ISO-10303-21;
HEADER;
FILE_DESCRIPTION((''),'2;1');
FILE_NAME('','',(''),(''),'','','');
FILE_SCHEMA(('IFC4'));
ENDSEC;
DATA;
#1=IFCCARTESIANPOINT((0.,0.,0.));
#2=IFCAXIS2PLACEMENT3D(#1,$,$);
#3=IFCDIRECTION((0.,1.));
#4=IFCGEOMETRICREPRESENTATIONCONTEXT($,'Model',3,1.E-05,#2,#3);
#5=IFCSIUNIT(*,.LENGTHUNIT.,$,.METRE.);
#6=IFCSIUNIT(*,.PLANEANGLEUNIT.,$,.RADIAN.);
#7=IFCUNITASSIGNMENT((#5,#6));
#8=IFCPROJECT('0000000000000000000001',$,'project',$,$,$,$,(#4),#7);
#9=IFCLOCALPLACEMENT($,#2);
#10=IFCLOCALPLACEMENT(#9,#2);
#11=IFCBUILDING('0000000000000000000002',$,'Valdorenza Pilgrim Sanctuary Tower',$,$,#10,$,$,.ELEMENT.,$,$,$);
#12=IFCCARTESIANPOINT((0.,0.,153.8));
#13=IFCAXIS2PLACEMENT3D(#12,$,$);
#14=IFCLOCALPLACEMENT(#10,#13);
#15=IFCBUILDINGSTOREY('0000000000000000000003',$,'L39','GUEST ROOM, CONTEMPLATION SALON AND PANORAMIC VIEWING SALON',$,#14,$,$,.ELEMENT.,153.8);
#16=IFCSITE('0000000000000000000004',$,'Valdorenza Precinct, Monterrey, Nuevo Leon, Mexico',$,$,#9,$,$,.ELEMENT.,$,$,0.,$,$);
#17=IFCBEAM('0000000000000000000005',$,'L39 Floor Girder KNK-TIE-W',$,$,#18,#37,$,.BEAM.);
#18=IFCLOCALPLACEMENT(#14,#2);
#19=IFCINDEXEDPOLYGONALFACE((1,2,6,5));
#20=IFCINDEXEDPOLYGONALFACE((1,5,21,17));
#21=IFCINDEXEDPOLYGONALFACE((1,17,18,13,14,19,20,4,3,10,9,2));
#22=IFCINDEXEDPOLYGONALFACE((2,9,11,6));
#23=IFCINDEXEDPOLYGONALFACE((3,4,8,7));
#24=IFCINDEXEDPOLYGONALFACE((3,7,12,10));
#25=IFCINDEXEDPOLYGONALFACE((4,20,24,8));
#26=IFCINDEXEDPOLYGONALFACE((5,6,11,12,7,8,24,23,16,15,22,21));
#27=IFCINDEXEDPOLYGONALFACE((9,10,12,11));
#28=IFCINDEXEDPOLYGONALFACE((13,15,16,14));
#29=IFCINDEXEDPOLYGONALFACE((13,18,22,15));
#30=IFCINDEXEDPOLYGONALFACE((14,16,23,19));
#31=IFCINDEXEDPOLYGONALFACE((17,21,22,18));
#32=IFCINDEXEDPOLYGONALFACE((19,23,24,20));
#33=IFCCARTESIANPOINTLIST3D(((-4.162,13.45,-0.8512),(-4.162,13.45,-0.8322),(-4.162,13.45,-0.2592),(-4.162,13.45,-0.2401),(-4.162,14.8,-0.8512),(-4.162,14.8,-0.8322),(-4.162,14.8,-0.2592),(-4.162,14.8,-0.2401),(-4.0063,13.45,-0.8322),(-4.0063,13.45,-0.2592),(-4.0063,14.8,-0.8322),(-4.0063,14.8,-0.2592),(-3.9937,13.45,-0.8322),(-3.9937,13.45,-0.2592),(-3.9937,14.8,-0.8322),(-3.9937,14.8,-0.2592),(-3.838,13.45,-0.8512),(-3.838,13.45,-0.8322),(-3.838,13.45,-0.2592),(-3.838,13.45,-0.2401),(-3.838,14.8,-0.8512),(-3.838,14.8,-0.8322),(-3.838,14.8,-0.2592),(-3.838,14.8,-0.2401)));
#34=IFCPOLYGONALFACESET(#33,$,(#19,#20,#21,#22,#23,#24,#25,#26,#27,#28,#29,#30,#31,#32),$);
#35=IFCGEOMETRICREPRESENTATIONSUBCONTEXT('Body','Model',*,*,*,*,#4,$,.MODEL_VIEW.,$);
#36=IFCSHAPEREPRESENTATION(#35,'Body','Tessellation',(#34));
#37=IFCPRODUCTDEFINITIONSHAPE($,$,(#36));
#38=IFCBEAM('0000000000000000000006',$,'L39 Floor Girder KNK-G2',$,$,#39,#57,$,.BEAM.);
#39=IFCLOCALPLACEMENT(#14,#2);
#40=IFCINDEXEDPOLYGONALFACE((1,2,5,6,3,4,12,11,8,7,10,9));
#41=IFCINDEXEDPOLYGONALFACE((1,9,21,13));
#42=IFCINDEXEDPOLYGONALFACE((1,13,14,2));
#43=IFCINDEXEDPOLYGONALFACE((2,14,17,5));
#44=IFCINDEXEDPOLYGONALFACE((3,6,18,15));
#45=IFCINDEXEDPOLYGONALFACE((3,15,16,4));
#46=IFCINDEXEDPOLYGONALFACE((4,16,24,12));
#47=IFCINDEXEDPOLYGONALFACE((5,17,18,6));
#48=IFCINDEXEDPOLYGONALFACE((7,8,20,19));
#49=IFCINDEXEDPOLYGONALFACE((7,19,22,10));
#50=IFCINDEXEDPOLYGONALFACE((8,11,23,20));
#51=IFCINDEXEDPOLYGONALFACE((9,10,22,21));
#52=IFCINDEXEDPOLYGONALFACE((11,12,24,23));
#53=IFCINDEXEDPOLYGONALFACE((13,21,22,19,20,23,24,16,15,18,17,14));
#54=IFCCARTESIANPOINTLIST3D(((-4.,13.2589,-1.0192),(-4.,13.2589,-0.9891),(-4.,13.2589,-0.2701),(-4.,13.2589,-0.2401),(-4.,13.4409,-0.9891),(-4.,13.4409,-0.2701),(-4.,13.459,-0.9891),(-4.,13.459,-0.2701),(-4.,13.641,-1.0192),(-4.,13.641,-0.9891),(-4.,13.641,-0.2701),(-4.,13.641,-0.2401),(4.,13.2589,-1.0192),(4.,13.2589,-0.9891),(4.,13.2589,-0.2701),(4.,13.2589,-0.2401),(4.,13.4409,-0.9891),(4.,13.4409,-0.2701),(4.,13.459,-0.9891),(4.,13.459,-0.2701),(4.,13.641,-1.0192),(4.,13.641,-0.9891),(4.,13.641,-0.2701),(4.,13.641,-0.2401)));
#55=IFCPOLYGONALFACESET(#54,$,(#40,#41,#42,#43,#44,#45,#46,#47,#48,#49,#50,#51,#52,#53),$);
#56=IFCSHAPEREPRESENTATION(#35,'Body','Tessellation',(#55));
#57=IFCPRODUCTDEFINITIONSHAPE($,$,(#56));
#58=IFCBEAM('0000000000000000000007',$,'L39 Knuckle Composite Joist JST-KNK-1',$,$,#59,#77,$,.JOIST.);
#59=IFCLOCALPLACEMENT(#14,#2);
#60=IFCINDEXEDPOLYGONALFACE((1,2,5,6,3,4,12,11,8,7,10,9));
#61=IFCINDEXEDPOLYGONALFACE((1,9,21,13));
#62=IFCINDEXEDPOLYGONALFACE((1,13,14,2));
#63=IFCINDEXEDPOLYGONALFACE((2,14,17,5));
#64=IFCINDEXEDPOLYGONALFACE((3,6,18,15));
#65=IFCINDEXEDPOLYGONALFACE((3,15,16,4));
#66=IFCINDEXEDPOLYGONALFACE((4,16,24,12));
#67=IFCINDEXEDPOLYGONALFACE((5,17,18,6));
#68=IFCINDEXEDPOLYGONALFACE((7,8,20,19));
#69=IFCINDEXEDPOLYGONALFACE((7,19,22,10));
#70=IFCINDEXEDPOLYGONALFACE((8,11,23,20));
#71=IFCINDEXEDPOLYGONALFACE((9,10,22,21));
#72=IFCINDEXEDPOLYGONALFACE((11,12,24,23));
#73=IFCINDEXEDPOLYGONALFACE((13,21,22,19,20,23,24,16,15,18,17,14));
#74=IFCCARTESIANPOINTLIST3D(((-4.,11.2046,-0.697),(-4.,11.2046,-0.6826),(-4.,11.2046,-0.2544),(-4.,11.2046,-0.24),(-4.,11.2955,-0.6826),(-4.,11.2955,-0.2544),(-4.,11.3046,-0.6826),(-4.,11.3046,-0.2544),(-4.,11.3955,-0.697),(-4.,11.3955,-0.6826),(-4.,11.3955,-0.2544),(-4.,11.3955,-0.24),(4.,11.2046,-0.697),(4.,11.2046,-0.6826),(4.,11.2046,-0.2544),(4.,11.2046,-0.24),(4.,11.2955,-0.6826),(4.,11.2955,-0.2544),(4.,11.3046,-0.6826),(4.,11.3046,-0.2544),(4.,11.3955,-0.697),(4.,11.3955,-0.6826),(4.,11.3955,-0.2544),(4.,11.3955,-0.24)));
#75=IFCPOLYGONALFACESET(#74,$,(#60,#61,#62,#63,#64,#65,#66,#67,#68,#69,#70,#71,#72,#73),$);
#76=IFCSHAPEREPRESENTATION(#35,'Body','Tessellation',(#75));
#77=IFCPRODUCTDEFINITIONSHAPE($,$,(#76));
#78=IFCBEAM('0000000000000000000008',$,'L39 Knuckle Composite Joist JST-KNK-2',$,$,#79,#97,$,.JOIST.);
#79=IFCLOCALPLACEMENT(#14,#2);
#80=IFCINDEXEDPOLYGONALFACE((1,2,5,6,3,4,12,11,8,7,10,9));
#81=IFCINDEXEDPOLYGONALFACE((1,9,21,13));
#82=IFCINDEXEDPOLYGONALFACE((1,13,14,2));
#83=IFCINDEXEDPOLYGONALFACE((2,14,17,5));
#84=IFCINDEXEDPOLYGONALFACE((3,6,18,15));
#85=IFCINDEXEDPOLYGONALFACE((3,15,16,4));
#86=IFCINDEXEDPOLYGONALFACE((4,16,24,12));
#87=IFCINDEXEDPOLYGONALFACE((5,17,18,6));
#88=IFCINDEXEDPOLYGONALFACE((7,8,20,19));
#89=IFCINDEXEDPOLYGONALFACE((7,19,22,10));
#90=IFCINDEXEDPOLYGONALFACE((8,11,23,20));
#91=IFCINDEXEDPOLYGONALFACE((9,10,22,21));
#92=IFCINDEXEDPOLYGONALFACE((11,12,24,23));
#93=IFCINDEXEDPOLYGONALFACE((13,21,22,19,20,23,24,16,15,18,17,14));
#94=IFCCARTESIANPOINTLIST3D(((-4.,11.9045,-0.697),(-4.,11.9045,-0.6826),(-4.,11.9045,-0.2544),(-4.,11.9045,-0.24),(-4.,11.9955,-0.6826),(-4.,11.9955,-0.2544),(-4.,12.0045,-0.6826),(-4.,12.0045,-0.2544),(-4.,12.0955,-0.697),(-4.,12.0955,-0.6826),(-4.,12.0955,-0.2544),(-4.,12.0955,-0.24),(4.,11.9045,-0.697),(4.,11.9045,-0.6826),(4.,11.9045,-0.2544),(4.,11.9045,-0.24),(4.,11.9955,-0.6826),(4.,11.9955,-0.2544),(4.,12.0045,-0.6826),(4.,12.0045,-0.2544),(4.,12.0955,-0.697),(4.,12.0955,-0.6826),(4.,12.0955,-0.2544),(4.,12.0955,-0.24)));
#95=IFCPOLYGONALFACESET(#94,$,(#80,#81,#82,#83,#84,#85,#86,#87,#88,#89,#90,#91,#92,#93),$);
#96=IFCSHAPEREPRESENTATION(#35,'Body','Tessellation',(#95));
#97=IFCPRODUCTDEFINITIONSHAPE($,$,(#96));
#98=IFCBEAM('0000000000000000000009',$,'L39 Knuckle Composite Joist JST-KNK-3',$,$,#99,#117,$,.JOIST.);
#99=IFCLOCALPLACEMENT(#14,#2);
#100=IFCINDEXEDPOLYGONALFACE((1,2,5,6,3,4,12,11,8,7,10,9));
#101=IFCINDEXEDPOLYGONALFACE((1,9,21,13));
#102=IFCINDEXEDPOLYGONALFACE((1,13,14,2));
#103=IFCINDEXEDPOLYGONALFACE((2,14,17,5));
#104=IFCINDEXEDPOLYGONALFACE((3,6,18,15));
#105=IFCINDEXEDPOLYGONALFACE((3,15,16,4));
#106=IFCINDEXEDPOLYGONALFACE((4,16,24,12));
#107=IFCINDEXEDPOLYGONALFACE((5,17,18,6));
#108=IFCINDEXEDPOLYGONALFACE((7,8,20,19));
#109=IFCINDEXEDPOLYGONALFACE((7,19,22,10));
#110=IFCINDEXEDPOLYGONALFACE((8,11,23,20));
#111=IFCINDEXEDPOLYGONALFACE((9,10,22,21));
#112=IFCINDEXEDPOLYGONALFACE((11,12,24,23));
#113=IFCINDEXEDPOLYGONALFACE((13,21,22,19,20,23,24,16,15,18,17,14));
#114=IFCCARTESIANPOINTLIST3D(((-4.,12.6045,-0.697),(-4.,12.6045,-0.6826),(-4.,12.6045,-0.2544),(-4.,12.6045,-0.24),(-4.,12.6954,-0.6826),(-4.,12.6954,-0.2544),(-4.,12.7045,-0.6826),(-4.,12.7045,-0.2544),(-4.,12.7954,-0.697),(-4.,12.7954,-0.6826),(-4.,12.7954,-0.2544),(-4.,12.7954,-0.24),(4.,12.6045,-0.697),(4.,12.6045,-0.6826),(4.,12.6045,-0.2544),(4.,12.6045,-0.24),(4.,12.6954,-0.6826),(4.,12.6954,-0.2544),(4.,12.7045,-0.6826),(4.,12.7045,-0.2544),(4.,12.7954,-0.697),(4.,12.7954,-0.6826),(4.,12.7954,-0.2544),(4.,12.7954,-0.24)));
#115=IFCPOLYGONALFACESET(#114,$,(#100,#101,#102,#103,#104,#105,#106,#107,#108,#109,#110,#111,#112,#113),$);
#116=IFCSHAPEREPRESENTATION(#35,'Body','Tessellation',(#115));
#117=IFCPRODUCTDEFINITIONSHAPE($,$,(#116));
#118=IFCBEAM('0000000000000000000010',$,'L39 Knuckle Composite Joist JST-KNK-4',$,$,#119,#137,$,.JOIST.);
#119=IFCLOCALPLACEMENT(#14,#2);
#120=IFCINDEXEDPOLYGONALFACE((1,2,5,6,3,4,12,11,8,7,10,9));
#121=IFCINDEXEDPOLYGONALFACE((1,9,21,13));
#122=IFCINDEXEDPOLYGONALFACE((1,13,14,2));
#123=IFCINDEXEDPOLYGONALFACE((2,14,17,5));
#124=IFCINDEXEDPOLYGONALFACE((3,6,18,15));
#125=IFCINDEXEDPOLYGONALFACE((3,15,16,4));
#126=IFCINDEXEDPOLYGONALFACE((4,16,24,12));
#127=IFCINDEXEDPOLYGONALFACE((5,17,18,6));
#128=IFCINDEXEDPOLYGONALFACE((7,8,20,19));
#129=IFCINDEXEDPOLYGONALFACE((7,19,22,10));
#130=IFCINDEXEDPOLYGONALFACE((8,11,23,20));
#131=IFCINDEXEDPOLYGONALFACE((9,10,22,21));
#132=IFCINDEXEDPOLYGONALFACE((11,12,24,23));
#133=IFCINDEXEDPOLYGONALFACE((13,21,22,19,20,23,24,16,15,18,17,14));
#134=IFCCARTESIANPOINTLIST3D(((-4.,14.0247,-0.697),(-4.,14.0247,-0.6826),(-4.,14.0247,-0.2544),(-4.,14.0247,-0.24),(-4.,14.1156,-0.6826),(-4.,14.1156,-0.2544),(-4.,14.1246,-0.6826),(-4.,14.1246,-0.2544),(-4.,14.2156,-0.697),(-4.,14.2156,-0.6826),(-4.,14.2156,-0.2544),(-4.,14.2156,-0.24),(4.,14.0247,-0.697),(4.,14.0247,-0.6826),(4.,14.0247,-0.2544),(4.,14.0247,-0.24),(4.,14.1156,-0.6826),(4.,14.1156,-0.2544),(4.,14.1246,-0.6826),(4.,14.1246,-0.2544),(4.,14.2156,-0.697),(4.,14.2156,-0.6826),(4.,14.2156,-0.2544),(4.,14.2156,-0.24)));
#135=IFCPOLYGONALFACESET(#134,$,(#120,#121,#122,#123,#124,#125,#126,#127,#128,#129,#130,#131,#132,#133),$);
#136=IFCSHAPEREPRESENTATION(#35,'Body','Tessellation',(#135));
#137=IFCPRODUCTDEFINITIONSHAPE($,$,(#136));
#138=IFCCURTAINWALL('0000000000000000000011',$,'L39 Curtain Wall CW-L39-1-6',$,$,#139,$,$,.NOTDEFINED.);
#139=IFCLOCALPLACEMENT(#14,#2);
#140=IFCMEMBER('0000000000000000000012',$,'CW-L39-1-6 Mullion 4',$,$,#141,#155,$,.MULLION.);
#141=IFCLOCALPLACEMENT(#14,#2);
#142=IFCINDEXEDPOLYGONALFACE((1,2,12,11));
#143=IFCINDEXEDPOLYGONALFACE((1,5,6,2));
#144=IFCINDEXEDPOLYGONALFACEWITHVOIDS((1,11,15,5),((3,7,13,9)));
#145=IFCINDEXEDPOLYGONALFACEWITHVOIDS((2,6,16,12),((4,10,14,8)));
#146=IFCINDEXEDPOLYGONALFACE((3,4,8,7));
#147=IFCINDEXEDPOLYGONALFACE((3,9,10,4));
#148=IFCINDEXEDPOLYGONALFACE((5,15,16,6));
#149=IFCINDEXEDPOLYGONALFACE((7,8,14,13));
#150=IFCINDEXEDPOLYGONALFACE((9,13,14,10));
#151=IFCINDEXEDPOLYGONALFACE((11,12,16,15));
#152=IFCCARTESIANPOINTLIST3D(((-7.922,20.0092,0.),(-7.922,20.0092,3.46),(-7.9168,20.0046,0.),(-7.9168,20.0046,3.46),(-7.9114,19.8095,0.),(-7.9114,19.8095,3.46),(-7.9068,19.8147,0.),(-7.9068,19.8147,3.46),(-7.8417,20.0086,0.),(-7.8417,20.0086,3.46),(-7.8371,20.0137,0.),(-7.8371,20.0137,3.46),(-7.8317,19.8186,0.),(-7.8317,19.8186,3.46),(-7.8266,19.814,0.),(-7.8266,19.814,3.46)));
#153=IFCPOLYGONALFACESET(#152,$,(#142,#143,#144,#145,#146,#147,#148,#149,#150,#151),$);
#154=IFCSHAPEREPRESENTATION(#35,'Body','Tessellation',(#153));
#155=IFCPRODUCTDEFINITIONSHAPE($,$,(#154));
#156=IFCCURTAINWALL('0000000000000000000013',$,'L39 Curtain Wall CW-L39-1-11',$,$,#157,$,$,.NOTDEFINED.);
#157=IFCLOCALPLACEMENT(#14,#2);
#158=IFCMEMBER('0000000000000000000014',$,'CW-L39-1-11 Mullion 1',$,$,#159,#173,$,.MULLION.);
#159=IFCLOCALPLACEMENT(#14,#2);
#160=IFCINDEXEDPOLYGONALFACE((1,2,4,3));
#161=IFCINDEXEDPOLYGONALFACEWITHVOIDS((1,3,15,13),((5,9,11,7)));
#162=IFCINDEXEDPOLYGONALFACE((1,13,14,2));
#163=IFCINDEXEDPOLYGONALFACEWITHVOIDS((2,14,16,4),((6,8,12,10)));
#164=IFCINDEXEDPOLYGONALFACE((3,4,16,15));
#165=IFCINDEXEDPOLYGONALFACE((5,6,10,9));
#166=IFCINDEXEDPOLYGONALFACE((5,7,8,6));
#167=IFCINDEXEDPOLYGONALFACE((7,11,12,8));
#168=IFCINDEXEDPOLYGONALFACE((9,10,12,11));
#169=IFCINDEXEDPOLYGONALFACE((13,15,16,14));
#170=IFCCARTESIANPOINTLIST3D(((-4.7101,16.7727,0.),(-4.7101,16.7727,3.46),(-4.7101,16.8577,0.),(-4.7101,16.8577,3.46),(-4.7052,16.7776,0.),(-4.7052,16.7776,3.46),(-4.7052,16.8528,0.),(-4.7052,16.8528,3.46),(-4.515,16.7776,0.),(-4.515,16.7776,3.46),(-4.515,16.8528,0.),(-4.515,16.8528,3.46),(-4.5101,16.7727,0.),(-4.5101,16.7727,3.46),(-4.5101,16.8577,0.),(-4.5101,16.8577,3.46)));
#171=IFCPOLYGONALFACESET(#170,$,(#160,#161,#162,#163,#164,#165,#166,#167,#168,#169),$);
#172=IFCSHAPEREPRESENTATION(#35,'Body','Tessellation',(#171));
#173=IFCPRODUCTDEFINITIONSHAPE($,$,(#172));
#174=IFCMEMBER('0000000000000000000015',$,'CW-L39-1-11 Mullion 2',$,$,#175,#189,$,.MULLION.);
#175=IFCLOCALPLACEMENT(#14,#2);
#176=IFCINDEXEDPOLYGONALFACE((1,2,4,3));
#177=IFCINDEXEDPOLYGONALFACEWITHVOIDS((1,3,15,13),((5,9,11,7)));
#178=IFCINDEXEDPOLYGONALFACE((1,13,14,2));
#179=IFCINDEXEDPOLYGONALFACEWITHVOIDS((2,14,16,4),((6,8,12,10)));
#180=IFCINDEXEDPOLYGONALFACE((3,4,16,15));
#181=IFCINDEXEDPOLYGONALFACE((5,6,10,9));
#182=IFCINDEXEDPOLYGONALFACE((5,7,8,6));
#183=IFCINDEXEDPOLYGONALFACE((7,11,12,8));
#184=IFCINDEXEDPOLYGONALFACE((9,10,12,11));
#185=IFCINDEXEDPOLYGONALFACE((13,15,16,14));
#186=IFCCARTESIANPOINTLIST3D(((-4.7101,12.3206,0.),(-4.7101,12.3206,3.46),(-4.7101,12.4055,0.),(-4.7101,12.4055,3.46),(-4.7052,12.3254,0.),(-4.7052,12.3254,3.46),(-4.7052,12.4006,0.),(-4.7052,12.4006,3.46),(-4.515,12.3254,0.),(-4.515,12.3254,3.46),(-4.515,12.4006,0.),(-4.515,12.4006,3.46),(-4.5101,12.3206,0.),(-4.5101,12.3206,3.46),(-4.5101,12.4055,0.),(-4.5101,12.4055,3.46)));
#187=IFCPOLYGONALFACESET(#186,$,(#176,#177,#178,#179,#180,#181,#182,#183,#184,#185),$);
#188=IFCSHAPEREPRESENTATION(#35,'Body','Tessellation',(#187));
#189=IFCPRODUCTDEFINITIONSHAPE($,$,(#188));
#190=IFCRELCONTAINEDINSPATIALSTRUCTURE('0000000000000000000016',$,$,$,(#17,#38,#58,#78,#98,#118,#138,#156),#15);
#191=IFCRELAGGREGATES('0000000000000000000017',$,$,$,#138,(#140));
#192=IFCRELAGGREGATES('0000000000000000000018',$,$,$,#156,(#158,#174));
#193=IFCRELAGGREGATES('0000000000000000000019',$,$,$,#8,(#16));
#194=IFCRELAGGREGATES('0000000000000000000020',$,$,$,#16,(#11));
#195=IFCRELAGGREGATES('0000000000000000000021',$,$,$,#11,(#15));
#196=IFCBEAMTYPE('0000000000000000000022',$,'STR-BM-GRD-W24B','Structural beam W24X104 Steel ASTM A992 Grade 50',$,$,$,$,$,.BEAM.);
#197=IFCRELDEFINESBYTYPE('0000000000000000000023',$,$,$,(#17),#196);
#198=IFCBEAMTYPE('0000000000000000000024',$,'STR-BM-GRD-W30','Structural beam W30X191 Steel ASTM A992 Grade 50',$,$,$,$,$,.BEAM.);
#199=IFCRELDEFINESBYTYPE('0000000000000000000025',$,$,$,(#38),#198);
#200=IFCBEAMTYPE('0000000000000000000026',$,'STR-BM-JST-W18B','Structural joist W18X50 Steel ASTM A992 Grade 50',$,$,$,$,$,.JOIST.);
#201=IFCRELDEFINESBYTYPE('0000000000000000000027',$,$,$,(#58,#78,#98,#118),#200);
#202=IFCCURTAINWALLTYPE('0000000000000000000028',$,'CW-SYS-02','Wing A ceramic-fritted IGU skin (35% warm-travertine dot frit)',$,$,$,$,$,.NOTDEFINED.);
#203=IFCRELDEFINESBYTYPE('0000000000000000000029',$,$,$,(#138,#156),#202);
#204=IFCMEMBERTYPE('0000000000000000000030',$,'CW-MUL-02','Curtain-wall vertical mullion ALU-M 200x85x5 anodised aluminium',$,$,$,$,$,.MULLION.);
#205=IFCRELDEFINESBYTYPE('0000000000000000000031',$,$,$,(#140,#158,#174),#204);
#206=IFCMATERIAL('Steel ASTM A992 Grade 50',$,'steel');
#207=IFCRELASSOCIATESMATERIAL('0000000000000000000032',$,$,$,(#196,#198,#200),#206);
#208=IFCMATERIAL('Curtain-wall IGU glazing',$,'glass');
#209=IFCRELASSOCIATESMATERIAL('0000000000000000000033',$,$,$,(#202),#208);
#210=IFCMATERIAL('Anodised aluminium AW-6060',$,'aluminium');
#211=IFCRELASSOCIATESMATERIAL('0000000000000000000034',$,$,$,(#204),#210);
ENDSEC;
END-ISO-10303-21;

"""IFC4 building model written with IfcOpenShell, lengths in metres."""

from ifc_helpers import new_model, si_unit, direction, frame, origin, origin_2d, place, context, subcontext, project, spatial, hollow_rectangle, i_section, extrude, source, transform, mapped, material, material_profile, profile_set, type_object, element, aggregate, save


model = new_model("IFC4")

# Units and contexts
model_context = context("Model", 3, precision=1e-05, world=origin(), true_north=direction((0.0, 1.0)))
body_context = subcontext(model_context, "Body", "Model", "MODEL_VIEW")
ifc_project = project(units=[si_unit("LENGTHUNIT", "METRE"), si_unit("PLANEANGLEUNIT", "RADIAN")], contexts=[model_context])

# Site, building, storey
site_placement = place(None, origin())
site = spatial("IfcSite", under=ifc_project, at=site_placement, Name="Valdorenza Precinct, Monterrey, Nuevo Leon, Mexico", CompositionType="ELEMENT", RefElevation=0.0)
building_placement = place(site_placement, origin())
building = spatial("IfcBuilding", under=site, at=building_placement, Name="Valdorenza Pilgrim Sanctuary Tower", CompositionType="ELEMENT")
storey_placement = place(building_placement, frame((0.0, 0.0, 153.8)))
storey = spatial("IfcBuildingStorey", under=building, at=storey_placement, Name="L39", Description="GUEST ROOM, CONTEMPLATION SALON AND PANORAMIC VIEWING SALON", CompositionType="ELEMENT", Elevation=153.8)

# Beams
ifc_material_1 = material(Name="Steel ASTM A992 Grade 50", Category="steel")
ifc_material_profile_1 = material_profile(ifc_material_1, i_section(OverallWidth=0.324, OverallDepth=0.6111, WebThickness=0.0127, FlangeThickness=0.019, at=origin_2d()), Name="W24X104")
ifc_profile_set_1 = profile_set([ifc_material_profile_1], Name="Steel ASTM A992 Grade 50")
beam_type_1 = type_object("IfcBeamType", Name="STR-BM-GRD-W24B", Description="Structural beam W24X104 Steel ASTM A992 Grade 50", PredefinedType="BEAM", material=ifc_profile_set_1)
shared_shape_1 = source(origin(), body_context, "Body", "SweptSolid", [
    extrude(i_section(OverallWidth=0.324, OverallDepth=0.6111, WebThickness=0.0127, FlangeThickness=0.019, at=origin_2d()), origin(), (0.0, 0.0, 1.0), 1.3501),
])
beam_1_placement = place(storey_placement, frame((-4.0, 13.45, -0.5457), z_axis=(0.0, 1.0, 0.0), x_axis=(-1.0, 0.0, 0.0)))
element("IfcBeam", 1, at=beam_1_placement, inside=storey, type_object=beam_type_1, Name="L39 Floor Girder KNK-TIE-W", PredefinedType="BEAM", context=body_context, shape_type="MappedRepresentation", body=[
    mapped(shared_shape_1, transform((0.0, 0.0, 0.0), x_axis=(1.0, 0.0, 0.0), y_axis=(0.0, 1.0, 0.0), z_axis=(0.0, 0.0, 1.0), scale=1.0)),
])
ifc_material_profile_2 = material_profile(ifc_material_1, i_section(OverallWidth=0.3821, OverallDepth=0.7791, WebThickness=0.0181, FlangeThickness=0.03, at=origin_2d()), Name="W30X191")
ifc_profile_set_2 = profile_set([ifc_material_profile_2], Name="Steel ASTM A992 Grade 50")
beam_type_2 = type_object("IfcBeamType", Name="STR-BM-GRD-W30", Description="Structural beam W30X191 Steel ASTM A992 Grade 50", PredefinedType="BEAM", material=ifc_profile_set_2)
shared_shape_2 = source(origin(), body_context, "Body", "SweptSolid", [
    extrude(i_section(OverallWidth=0.3821, OverallDepth=0.7791, WebThickness=0.0181, FlangeThickness=0.03, at=origin_2d()), origin(), (0.0, 0.0, 1.0), 8.0),
])
beam_2_placement = place(storey_placement, frame((-4.0, 13.45, -0.6296), z_axis=(1.0, 0.0, 0.0), x_axis=(0.0, 1.0, 0.0)))
element("IfcBeam", 2, at=beam_2_placement, inside=storey, type_object=beam_type_2, Name="L39 Floor Girder KNK-G2", PredefinedType="BEAM", context=body_context, shape_type="MappedRepresentation", body=[
    mapped(shared_shape_2, transform((0.0, 0.0, 0.0), x_axis=(1.0, 0.0, 0.0), y_axis=(0.0, 1.0, 0.0), z_axis=(0.0, 0.0, 1.0), scale=1.0)),
])
ifc_material_profile_3 = material_profile(ifc_material_1, i_section(OverallWidth=0.1909, OverallDepth=0.457, WebThickness=0.009, FlangeThickness=0.0144, at=origin_2d()), Name="W18X50")
ifc_profile_set_3 = profile_set([ifc_material_profile_3], Name="Steel ASTM A992 Grade 50")
beam_type_3 = type_object("IfcBeamType", Name="STR-BM-JST-W18B", Description="Structural joist W18X50 Steel ASTM A992 Grade 50", PredefinedType="JOIST", material=ifc_profile_set_3)
shared_shape_3 = source(origin(), body_context, "Body", "SweptSolid", [
    extrude(i_section(OverallWidth=0.1909, OverallDepth=0.457, WebThickness=0.009, FlangeThickness=0.0144, at=origin_2d()), origin(), (0.0, 0.0, 1.0), 8.0),
])
for number, where, z_axis, x_axis, name in (
    (3, (-4.0, 11.3, -0.4685), (1.0, 0.0, 0.0), (0.0, 1.0, 0.0), "L39 Knuckle Composite Joist JST-KNK-1"),
    (4, (-4.0, 12.0, -0.4685), (1.0, 0.0, 0.0), (0.0, 1.0, 0.0), "L39 Knuckle Composite Joist JST-KNK-2"),
    (5, (-4.0, 12.7, -0.4685), (1.0, 0.0, 0.0), (0.0, 1.0, 0.0), "L39 Knuckle Composite Joist JST-KNK-3"),
    (6, (-4.0, 14.1201, -0.4685), (1.0, 0.0, 0.0), (0.0, 1.0, 0.0), "L39 Knuckle Composite Joist JST-KNK-4"),
):
    element("IfcBeam", number, at=place(storey_placement, frame(where, z_axis=z_axis, x_axis=x_axis)), inside=storey, type_object=beam_type_3, Name=name, PredefinedType="JOIST", context=body_context, shape_type="MappedRepresentation", body=[
        mapped(shared_shape_3, transform((0.0, 0.0, 0.0), x_axis=(1.0, 0.0, 0.0), y_axis=(0.0, 1.0, 0.0), z_axis=(0.0, 0.0, 1.0), scale=1.0)),
    ])

# Curtain wall, member
ifc_material_2 = material(Name="Curtain-wall IGU glazing", Category="glass")
curtain_wall_type = type_object("IfcCurtainWallType", Name="CW-SYS-02", Description="Wing A ceramic-fritted IGU skin (35% warm-travertine dot frit)", PredefinedType="NOTDEFINED", material=ifc_material_2)
curtain_wall_1_placement = place(storey_placement, origin())
curtain_wall_1 = element("IfcCurtainWall", 7, at=curtain_wall_1_placement, inside=storey, type_object=curtain_wall_type, Name="L39 Curtain Wall CW-L39-1-6", PredefinedType="NOTDEFINED")
ifc_material_3 = material(Name="Anodised aluminium AW-6060", Category="aluminium")
ifc_material_profile_4 = material_profile(ifc_material_3, hollow_rectangle(XDim=0.085, YDim=0.2, WallThickness=0.0049, at=origin_2d()), Name="ALU-M 200x85x5")
ifc_profile_set_4 = profile_set([ifc_material_profile_4], Name="Anodised aluminium AW-6060")
member_type_1 = type_object("IfcMemberType", Name="CW-MUL-02", Description="Curtain-wall vertical mullion ALU-M 200x85x5 anodised aluminium", PredefinedType="MULLION", material=ifc_profile_set_4)
shared_shape_4 = source(origin(), body_context, "Body", "SweptSolid", [
    extrude(hollow_rectangle(XDim=0.085, YDim=0.2, WallThickness=0.0049, at=origin_2d()), origin(), (0.0, 0.0, 1.0), 3.46),
])
member_1_placement = place(storey_placement, frame((-7.8743, 19.9116, 0.0), z_axis=(0.0, 0.0, 1.0), x_axis=(0.998608, 0.052754, 0.0)))
member_1 = element("IfcMember", 8, at=member_1_placement, type_object=member_type_1, Name="CW-L39-1-6 Mullion 4", PredefinedType="MULLION", context=body_context, shape_type="MappedRepresentation", body=[
    mapped(shared_shape_4, transform((0.0, 0.0, 0.0), x_axis=(1.0, 0.0, 0.0), y_axis=(0.0, 1.0, 0.0), z_axis=(0.0, 0.0, 1.0), scale=1.0)),
])
aggregate(curtain_wall_1, [member_1])

# Curtain wall, members
curtain_wall_2_placement = place(storey_placement, origin())
curtain_wall_2 = element("IfcCurtainWall", 9, at=curtain_wall_2_placement, inside=storey, type_object=curtain_wall_type, Name="L39 Curtain Wall CW-L39-1-11", PredefinedType="NOTDEFINED")
member_2_placement = place(storey_placement, frame((-4.6101, 16.8152, 0.0), z_axis=(0.0, 0.0, 1.0), x_axis=(0.0, -1.0, 0.0)))
member_2 = element("IfcMember", 10, at=member_2_placement, type_object=member_type_1, Name="CW-L39-1-11 Mullion 1", PredefinedType="MULLION", context=body_context, shape_type="MappedRepresentation", body=[
    mapped(shared_shape_4, transform((0.0, 0.0, 0.0), x_axis=(1.0, 0.0, 0.0), y_axis=(0.0, 1.0, 0.0), z_axis=(0.0, 0.0, 1.0), scale=1.0)),
])
member_3_placement = place(storey_placement, frame((-4.6101, 12.363, 0.0), z_axis=(0.0, 0.0, 1.0), x_axis=(0.0, -1.0, 0.0)))
member_3 = element("IfcMember", 11, at=member_3_placement, type_object=member_type_1, Name="CW-L39-1-11 Mullion 2", PredefinedType="MULLION", context=body_context, shape_type="MappedRepresentation", body=[
    mapped(shared_shape_4, transform((0.0, 0.0, 0.0), x_axis=(1.0, 0.0, 0.0), y_axis=(0.0, 1.0, 0.0), z_axis=(0.0, 0.0, 1.0), scale=1.0)),
])
aggregate(curtain_wall_2, [member_2, member_3])

save(model, "model.ifc")
